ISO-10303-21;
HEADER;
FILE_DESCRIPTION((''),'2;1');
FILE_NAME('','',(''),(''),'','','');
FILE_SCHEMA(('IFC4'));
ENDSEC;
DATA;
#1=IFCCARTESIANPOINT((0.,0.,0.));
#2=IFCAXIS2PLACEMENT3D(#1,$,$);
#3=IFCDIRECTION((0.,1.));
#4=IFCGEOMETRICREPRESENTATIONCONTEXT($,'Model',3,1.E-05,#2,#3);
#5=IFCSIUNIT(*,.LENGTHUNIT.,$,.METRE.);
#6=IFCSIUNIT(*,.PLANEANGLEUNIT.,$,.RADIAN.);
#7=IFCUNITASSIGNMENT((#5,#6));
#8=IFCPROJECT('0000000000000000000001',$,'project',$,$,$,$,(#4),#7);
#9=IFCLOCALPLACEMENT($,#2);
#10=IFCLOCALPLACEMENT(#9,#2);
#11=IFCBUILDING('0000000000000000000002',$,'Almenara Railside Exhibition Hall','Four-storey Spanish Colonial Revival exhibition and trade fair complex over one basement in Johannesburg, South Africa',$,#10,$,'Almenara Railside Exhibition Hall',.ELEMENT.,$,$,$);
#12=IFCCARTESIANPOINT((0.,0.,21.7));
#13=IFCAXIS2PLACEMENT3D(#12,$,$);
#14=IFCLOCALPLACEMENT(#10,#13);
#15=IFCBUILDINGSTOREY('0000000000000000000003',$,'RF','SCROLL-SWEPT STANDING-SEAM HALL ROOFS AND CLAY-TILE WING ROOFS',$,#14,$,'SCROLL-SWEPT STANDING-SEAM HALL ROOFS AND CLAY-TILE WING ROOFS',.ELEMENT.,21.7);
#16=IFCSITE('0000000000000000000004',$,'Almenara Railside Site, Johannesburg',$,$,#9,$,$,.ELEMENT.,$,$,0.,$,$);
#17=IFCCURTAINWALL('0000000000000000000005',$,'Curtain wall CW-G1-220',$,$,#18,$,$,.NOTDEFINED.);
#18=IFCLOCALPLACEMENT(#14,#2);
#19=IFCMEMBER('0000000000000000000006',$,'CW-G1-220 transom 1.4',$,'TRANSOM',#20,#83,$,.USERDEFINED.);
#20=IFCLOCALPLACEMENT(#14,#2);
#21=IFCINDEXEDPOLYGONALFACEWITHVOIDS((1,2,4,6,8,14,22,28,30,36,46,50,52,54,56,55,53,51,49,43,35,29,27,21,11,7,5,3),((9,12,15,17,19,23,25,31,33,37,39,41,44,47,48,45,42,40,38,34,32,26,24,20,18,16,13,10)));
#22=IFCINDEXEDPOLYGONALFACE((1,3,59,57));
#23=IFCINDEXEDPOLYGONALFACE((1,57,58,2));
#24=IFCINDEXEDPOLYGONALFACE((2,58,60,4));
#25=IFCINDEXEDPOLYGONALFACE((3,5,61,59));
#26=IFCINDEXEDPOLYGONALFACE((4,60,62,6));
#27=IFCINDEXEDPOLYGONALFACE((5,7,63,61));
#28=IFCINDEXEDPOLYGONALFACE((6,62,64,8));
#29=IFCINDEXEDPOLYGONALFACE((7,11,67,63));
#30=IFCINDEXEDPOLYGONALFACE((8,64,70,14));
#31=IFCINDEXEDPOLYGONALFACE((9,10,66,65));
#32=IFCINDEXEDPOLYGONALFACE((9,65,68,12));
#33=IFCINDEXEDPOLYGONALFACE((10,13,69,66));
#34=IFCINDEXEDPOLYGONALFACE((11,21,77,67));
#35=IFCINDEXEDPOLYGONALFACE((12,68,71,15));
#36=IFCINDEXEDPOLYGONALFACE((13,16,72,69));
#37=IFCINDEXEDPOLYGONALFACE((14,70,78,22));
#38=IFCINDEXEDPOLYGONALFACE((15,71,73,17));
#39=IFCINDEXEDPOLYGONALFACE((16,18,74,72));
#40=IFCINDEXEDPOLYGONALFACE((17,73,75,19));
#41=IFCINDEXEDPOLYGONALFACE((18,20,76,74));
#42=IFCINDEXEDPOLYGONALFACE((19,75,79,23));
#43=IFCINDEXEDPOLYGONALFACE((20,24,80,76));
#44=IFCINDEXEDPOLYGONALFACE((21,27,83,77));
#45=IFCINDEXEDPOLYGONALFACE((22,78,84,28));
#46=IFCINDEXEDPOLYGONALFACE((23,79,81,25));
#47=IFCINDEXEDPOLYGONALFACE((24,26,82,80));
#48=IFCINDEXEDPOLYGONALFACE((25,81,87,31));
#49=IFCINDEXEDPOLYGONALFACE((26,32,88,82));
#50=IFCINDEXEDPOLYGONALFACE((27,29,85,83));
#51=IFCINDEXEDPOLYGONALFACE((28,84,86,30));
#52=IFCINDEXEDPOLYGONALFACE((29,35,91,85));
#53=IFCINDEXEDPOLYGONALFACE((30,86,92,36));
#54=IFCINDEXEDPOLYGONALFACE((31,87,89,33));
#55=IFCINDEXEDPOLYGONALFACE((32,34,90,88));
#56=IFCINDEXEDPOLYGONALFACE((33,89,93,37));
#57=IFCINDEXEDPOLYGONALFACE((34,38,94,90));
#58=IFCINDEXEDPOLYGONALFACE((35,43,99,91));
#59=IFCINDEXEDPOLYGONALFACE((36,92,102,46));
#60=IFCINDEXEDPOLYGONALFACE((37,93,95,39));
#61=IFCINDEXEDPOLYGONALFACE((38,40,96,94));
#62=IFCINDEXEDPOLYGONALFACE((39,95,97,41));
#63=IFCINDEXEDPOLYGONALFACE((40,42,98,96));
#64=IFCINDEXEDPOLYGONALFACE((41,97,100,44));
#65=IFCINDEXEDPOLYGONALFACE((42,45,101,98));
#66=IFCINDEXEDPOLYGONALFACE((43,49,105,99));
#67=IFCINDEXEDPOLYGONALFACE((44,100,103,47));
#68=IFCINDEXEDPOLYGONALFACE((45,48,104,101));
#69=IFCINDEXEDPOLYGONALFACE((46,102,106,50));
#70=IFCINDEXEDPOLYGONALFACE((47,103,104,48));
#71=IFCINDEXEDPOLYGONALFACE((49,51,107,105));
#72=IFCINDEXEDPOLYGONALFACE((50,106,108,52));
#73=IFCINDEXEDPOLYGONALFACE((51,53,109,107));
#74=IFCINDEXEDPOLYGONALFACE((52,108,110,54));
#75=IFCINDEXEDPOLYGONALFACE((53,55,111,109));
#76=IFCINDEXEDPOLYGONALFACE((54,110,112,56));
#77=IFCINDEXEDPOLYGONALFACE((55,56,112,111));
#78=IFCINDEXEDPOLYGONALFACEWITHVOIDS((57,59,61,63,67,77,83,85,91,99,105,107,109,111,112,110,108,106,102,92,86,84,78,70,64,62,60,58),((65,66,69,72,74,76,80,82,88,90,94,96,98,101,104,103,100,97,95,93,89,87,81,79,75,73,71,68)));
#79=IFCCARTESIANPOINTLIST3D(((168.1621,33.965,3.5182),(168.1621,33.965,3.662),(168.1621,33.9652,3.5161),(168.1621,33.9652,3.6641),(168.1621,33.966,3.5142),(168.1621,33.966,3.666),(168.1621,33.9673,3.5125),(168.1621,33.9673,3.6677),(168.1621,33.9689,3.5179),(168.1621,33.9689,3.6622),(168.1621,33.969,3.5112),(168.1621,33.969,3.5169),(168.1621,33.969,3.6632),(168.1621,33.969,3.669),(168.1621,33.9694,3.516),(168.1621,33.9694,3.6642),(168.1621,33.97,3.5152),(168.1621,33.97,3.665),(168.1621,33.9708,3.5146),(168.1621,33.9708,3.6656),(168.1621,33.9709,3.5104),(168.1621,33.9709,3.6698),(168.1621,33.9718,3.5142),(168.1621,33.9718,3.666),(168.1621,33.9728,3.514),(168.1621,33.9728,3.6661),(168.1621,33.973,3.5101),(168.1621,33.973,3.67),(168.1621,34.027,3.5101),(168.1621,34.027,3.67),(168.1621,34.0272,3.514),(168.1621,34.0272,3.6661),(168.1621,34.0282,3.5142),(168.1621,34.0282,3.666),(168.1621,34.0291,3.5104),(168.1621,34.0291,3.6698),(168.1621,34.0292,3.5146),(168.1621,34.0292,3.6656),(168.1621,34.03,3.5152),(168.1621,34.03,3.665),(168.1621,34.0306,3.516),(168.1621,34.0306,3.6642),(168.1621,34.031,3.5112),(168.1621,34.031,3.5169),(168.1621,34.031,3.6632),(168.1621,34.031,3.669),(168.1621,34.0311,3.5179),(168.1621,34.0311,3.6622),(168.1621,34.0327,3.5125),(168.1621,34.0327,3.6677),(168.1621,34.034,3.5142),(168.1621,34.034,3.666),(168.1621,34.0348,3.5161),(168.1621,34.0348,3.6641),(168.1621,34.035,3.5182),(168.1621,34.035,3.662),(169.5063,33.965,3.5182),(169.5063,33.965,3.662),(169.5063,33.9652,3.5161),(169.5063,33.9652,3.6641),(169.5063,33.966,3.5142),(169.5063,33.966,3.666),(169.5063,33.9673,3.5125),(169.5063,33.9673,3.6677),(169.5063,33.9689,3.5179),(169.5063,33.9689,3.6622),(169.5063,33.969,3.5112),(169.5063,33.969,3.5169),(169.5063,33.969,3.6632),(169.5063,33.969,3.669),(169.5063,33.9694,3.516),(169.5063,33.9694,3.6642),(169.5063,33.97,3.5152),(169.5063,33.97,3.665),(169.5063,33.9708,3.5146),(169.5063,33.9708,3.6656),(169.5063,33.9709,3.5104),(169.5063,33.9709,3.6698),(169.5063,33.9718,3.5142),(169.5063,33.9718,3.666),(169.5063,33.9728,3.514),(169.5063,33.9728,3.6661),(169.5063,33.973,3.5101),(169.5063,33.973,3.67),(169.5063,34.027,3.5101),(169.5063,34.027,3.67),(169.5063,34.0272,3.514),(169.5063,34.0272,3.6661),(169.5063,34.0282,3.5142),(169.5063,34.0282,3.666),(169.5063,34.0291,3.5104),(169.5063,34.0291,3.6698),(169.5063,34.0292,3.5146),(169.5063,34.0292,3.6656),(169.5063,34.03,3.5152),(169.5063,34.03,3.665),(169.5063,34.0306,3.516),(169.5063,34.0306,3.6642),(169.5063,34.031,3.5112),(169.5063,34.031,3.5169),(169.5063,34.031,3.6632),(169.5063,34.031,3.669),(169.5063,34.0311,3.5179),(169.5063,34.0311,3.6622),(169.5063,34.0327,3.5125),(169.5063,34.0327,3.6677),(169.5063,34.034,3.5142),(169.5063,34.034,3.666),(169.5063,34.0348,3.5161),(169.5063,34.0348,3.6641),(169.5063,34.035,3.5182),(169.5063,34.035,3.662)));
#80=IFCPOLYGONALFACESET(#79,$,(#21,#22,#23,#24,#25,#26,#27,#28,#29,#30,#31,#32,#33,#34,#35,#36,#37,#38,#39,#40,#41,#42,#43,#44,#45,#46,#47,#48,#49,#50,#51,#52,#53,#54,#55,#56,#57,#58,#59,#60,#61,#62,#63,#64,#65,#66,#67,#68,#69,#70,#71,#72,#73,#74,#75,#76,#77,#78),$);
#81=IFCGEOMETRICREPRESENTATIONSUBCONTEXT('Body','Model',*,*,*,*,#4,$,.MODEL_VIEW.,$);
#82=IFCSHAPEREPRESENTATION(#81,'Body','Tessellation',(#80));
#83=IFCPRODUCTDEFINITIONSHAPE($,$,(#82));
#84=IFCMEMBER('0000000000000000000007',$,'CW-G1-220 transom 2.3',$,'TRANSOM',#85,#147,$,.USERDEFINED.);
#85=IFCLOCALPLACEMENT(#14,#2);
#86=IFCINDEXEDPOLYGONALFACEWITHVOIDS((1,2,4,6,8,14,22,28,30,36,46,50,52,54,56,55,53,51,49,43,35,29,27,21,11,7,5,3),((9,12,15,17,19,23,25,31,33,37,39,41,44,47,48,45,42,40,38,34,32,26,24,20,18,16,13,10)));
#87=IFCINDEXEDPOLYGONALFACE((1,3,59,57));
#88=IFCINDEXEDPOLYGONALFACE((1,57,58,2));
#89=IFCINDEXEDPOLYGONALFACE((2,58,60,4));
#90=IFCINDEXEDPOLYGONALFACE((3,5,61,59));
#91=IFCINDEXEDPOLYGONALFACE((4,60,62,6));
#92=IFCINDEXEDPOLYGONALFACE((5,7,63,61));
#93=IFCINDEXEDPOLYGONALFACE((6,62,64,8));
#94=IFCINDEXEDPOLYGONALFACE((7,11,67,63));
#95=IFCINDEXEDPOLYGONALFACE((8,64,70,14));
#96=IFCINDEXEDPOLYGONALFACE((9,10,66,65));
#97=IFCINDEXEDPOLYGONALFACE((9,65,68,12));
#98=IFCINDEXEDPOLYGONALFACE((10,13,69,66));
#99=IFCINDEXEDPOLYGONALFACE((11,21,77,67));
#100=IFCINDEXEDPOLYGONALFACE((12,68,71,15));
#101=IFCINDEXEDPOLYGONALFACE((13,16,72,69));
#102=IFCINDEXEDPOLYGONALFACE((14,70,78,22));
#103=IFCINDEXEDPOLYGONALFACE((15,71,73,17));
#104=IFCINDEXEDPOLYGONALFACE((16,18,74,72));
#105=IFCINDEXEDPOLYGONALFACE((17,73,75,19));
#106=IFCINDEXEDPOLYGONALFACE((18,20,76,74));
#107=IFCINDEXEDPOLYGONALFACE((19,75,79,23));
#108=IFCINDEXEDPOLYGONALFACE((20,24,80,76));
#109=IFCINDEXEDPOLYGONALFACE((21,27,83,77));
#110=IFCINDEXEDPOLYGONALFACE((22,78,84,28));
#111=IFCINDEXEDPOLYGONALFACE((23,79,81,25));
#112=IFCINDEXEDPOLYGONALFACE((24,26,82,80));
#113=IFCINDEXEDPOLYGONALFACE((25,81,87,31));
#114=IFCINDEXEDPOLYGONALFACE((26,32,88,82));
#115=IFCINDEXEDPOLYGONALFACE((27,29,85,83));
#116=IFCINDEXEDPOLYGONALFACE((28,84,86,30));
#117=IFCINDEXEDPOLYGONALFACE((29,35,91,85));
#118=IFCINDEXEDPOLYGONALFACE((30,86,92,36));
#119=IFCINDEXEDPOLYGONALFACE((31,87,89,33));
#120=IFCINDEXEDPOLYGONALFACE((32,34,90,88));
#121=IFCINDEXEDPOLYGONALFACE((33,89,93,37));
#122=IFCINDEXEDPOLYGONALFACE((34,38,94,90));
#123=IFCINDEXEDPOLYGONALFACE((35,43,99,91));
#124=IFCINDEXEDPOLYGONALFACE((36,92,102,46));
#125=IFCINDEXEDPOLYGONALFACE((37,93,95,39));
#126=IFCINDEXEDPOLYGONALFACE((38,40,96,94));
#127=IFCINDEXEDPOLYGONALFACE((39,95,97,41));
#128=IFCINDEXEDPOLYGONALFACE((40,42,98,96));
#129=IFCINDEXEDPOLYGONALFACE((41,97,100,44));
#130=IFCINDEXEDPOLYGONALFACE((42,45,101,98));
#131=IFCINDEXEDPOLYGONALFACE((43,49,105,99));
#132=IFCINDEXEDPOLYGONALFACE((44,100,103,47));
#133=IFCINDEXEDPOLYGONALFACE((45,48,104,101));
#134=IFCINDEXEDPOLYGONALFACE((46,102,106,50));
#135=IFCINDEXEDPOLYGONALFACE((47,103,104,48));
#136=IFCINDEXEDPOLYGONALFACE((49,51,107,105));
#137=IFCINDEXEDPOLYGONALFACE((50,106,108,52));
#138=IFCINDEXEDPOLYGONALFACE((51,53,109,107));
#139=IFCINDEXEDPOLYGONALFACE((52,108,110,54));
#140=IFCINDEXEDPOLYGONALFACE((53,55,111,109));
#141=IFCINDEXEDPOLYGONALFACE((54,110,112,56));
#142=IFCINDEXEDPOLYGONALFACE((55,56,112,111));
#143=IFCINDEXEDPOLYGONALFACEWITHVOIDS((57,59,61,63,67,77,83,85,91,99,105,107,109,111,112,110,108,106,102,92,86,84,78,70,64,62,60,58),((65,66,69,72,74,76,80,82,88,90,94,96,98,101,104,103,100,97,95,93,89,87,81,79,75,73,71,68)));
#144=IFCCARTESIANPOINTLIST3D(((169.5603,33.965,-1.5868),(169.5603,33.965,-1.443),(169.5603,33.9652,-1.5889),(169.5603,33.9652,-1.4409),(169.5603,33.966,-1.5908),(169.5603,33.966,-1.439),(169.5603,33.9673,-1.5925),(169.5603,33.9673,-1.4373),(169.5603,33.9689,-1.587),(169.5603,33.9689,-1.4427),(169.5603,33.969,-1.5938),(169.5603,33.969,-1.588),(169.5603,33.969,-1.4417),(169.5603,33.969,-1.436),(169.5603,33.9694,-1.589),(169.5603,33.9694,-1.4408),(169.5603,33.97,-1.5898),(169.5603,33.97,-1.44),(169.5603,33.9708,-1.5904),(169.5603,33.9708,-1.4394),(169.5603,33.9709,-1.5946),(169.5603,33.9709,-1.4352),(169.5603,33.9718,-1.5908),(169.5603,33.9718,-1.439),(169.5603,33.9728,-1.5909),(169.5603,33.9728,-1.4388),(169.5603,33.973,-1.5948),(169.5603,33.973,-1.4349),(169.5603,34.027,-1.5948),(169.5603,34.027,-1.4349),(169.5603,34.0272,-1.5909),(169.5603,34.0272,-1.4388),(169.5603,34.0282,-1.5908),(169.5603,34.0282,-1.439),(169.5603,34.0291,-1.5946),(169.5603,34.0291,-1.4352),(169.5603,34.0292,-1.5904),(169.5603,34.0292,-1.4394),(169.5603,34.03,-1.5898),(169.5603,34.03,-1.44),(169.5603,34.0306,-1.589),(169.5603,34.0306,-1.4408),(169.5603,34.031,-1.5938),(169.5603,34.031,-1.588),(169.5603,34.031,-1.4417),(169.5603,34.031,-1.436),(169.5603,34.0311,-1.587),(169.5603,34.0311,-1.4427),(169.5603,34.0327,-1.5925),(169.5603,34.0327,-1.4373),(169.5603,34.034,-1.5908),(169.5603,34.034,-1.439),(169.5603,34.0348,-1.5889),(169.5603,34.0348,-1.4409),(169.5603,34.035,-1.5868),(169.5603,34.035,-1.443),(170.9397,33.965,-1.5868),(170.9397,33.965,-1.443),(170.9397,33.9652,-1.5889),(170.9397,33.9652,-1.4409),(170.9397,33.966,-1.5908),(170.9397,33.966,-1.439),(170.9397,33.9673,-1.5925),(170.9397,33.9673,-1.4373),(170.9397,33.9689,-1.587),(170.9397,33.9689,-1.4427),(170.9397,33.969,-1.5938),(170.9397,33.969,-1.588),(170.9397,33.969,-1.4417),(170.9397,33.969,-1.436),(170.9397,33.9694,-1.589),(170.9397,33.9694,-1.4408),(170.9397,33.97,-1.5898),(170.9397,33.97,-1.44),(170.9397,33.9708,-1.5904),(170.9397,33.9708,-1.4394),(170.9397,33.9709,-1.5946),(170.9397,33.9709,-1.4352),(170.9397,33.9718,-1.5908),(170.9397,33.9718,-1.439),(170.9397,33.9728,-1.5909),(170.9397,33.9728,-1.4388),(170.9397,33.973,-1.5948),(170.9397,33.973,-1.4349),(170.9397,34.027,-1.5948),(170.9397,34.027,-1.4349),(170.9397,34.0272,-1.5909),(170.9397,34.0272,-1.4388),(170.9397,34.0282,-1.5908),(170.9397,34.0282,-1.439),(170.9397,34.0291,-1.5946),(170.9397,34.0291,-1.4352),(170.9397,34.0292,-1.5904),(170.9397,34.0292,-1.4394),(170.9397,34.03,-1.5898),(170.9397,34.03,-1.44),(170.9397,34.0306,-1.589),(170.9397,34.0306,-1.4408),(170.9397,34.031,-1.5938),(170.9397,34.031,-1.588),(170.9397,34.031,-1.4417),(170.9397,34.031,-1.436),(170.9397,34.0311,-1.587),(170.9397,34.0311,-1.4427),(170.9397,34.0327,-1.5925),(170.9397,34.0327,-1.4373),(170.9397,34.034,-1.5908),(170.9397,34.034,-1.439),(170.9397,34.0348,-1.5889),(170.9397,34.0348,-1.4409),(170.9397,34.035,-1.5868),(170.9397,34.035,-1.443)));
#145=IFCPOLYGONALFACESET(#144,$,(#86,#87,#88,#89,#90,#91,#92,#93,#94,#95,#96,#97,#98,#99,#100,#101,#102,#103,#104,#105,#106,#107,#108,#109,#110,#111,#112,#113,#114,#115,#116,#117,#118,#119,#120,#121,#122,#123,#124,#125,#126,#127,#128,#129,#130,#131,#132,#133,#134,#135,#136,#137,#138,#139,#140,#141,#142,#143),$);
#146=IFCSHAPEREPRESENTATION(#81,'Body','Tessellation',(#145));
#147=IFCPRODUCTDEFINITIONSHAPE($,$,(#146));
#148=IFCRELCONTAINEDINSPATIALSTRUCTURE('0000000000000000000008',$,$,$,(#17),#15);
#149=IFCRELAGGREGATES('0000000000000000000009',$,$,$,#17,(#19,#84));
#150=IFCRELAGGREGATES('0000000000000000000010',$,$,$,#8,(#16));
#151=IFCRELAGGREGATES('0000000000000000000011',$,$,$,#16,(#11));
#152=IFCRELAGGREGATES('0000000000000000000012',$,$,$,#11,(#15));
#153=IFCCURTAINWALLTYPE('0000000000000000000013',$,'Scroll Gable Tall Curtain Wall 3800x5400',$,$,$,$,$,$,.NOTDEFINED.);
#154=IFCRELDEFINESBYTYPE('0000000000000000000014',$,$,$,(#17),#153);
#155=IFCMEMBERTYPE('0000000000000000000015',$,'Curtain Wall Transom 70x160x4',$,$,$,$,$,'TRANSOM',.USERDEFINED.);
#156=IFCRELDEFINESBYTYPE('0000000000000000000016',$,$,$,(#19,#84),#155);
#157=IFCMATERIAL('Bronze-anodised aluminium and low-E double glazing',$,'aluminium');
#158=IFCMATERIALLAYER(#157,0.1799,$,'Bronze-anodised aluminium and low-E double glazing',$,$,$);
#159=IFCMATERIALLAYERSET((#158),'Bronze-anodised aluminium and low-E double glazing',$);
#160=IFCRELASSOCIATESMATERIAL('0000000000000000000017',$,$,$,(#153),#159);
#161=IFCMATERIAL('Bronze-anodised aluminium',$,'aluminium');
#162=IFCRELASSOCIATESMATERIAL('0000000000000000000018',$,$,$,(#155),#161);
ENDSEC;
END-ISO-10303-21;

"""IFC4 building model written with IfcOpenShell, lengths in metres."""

from ifc_helpers import new_model, si_unit, direction, frame, origin, origin_2d, place, context, subcontext, project, spatial, hollow_rectangle, extrude, material, layer, layer_set, material_profile, profile_set, type_object, element, aggregate, save


model = new_model("IFC4")

# Units and contexts
model_context = context("Model", 3, precision=1e-05, world=origin(), true_north=direction((0.0, 1.0)))
body_context = subcontext(model_context, "Body", "Model", "MODEL_VIEW")
ifc_project = project(units=[si_unit("LENGTHUNIT", "METRE"), si_unit("PLANEANGLEUNIT", "RADIAN")], contexts=[model_context])

# Site, building, storey
site_placement = place(None, origin())
site = spatial("IfcSite", under=ifc_project, at=site_placement, Name="Almenara Railside Site, Johannesburg", CompositionType="ELEMENT", RefElevation=0.0)
building_placement = place(site_placement, origin())
building = spatial("IfcBuilding", under=site, at=building_placement, Name="Almenara Railside Exhibition Hall", Description="Four-storey Spanish Colonial Revival exhibition and trade fair complex over one basement in Johannesburg, South Africa", LongName="Almenara Railside Exhibition Hall", CompositionType="ELEMENT")
storey_placement = place(building_placement, frame((0.0, 0.0, 21.7)))
storey = spatial("IfcBuildingStorey", under=building, at=storey_placement, Name="RF", Description="SCROLL-SWEPT STANDING-SEAM HALL ROOFS AND CLAY-TILE WING ROOFS", LongName="SCROLL-SWEPT STANDING-SEAM HALL ROOFS AND CLAY-TILE WING ROOFS", CompositionType="ELEMENT", Elevation=21.7)

# Curtain wall, members
ifc_material_1 = material(Name="Bronze-anodised aluminium and low-E double glazing", Category="aluminium")
ifc_layer_1 = layer(ifc_material_1, 0.1799, Name="Bronze-anodised aluminium and low-E double glazing")
ifc_layer_set_1 = layer_set([ifc_layer_1], Name="Bronze-anodised aluminium and low-E double glazing")
curtain_wall_type = type_object("IfcCurtainWallType", Name="Scroll Gable Tall Curtain Wall 3800x5400", PredefinedType="NOTDEFINED", material=ifc_layer_set_1)
ifc_material_2 = material(Name="Bronze-anodised aluminium", Category="aluminium")
curtain_wall_1_placement = place(storey_placement, origin())
curtain_wall_1 = element("IfcCurtainWall", 1, at=curtain_wall_1_placement, inside=storey, type_object=curtain_wall_type, Name="Curtain wall CW-G1-220", PredefinedType="NOTDEFINED")
ifc_material_profile_1 = material_profile(ifc_material_2, hollow_rectangle(XDim=0.0701, YDim=0.1599, WallThickness=0.0039, InnerFilletRadius=0.0039, OuterFilletRadius=0.0081, at=origin_2d()), Name="ALU-TRN 70x160x4")
ifc_profile_set_1 = profile_set([ifc_material_profile_1], Name="Bronze-anodised aluminium")
member_type_1 = type_object("IfcMemberType", Name="Curtain Wall Transom 70x160x4", ElementType="TRANSOM", PredefinedType="USERDEFINED", material=ifc_profile_set_1)
member_1_placement = place(storey_placement, frame((168.1621, 34.0, 3.5901), z_axis=(1.0, 0.0, 0.0), x_axis=(0.0, 1.0, 0.0)))
member_1 = element("IfcMember", 2, at=member_1_placement, type_object=member_type_1, Name="CW-G1-220 transom 1.4", ObjectType="TRANSOM", PredefinedType="USERDEFINED", context=body_context, shape_type="SweptSolid", body=[
    extrude(hollow_rectangle(XDim=0.0701, YDim=0.1599, WallThickness=0.0039, InnerFilletRadius=0.0039, OuterFilletRadius=0.0081, at=origin_2d()), origin(), (0.0, 0.0, 1.0), 1.3442),
])
member_2_placement = place(storey_placement, frame((169.5603, 34.0, -1.5149), z_axis=(1.0, 0.0, 0.0), x_axis=(0.0, 1.0, 0.0)))
member_2 = element("IfcMember", 3, at=member_2_placement, type_object=member_type_1, Name="CW-G1-220 transom 2.3", ObjectType="TRANSOM", PredefinedType="USERDEFINED", context=body_context, shape_type="SweptSolid", body=[
    extrude(hollow_rectangle(XDim=0.0701, YDim=0.1599, WallThickness=0.0039, InnerFilletRadius=0.0039, OuterFilletRadius=0.0081, at=origin_2d()), origin(), (0.0, 0.0, 1.0), 1.3794),
])

aggregate(curtain_wall_1, [member_1, member_2])

save(model, "model.ifc")
